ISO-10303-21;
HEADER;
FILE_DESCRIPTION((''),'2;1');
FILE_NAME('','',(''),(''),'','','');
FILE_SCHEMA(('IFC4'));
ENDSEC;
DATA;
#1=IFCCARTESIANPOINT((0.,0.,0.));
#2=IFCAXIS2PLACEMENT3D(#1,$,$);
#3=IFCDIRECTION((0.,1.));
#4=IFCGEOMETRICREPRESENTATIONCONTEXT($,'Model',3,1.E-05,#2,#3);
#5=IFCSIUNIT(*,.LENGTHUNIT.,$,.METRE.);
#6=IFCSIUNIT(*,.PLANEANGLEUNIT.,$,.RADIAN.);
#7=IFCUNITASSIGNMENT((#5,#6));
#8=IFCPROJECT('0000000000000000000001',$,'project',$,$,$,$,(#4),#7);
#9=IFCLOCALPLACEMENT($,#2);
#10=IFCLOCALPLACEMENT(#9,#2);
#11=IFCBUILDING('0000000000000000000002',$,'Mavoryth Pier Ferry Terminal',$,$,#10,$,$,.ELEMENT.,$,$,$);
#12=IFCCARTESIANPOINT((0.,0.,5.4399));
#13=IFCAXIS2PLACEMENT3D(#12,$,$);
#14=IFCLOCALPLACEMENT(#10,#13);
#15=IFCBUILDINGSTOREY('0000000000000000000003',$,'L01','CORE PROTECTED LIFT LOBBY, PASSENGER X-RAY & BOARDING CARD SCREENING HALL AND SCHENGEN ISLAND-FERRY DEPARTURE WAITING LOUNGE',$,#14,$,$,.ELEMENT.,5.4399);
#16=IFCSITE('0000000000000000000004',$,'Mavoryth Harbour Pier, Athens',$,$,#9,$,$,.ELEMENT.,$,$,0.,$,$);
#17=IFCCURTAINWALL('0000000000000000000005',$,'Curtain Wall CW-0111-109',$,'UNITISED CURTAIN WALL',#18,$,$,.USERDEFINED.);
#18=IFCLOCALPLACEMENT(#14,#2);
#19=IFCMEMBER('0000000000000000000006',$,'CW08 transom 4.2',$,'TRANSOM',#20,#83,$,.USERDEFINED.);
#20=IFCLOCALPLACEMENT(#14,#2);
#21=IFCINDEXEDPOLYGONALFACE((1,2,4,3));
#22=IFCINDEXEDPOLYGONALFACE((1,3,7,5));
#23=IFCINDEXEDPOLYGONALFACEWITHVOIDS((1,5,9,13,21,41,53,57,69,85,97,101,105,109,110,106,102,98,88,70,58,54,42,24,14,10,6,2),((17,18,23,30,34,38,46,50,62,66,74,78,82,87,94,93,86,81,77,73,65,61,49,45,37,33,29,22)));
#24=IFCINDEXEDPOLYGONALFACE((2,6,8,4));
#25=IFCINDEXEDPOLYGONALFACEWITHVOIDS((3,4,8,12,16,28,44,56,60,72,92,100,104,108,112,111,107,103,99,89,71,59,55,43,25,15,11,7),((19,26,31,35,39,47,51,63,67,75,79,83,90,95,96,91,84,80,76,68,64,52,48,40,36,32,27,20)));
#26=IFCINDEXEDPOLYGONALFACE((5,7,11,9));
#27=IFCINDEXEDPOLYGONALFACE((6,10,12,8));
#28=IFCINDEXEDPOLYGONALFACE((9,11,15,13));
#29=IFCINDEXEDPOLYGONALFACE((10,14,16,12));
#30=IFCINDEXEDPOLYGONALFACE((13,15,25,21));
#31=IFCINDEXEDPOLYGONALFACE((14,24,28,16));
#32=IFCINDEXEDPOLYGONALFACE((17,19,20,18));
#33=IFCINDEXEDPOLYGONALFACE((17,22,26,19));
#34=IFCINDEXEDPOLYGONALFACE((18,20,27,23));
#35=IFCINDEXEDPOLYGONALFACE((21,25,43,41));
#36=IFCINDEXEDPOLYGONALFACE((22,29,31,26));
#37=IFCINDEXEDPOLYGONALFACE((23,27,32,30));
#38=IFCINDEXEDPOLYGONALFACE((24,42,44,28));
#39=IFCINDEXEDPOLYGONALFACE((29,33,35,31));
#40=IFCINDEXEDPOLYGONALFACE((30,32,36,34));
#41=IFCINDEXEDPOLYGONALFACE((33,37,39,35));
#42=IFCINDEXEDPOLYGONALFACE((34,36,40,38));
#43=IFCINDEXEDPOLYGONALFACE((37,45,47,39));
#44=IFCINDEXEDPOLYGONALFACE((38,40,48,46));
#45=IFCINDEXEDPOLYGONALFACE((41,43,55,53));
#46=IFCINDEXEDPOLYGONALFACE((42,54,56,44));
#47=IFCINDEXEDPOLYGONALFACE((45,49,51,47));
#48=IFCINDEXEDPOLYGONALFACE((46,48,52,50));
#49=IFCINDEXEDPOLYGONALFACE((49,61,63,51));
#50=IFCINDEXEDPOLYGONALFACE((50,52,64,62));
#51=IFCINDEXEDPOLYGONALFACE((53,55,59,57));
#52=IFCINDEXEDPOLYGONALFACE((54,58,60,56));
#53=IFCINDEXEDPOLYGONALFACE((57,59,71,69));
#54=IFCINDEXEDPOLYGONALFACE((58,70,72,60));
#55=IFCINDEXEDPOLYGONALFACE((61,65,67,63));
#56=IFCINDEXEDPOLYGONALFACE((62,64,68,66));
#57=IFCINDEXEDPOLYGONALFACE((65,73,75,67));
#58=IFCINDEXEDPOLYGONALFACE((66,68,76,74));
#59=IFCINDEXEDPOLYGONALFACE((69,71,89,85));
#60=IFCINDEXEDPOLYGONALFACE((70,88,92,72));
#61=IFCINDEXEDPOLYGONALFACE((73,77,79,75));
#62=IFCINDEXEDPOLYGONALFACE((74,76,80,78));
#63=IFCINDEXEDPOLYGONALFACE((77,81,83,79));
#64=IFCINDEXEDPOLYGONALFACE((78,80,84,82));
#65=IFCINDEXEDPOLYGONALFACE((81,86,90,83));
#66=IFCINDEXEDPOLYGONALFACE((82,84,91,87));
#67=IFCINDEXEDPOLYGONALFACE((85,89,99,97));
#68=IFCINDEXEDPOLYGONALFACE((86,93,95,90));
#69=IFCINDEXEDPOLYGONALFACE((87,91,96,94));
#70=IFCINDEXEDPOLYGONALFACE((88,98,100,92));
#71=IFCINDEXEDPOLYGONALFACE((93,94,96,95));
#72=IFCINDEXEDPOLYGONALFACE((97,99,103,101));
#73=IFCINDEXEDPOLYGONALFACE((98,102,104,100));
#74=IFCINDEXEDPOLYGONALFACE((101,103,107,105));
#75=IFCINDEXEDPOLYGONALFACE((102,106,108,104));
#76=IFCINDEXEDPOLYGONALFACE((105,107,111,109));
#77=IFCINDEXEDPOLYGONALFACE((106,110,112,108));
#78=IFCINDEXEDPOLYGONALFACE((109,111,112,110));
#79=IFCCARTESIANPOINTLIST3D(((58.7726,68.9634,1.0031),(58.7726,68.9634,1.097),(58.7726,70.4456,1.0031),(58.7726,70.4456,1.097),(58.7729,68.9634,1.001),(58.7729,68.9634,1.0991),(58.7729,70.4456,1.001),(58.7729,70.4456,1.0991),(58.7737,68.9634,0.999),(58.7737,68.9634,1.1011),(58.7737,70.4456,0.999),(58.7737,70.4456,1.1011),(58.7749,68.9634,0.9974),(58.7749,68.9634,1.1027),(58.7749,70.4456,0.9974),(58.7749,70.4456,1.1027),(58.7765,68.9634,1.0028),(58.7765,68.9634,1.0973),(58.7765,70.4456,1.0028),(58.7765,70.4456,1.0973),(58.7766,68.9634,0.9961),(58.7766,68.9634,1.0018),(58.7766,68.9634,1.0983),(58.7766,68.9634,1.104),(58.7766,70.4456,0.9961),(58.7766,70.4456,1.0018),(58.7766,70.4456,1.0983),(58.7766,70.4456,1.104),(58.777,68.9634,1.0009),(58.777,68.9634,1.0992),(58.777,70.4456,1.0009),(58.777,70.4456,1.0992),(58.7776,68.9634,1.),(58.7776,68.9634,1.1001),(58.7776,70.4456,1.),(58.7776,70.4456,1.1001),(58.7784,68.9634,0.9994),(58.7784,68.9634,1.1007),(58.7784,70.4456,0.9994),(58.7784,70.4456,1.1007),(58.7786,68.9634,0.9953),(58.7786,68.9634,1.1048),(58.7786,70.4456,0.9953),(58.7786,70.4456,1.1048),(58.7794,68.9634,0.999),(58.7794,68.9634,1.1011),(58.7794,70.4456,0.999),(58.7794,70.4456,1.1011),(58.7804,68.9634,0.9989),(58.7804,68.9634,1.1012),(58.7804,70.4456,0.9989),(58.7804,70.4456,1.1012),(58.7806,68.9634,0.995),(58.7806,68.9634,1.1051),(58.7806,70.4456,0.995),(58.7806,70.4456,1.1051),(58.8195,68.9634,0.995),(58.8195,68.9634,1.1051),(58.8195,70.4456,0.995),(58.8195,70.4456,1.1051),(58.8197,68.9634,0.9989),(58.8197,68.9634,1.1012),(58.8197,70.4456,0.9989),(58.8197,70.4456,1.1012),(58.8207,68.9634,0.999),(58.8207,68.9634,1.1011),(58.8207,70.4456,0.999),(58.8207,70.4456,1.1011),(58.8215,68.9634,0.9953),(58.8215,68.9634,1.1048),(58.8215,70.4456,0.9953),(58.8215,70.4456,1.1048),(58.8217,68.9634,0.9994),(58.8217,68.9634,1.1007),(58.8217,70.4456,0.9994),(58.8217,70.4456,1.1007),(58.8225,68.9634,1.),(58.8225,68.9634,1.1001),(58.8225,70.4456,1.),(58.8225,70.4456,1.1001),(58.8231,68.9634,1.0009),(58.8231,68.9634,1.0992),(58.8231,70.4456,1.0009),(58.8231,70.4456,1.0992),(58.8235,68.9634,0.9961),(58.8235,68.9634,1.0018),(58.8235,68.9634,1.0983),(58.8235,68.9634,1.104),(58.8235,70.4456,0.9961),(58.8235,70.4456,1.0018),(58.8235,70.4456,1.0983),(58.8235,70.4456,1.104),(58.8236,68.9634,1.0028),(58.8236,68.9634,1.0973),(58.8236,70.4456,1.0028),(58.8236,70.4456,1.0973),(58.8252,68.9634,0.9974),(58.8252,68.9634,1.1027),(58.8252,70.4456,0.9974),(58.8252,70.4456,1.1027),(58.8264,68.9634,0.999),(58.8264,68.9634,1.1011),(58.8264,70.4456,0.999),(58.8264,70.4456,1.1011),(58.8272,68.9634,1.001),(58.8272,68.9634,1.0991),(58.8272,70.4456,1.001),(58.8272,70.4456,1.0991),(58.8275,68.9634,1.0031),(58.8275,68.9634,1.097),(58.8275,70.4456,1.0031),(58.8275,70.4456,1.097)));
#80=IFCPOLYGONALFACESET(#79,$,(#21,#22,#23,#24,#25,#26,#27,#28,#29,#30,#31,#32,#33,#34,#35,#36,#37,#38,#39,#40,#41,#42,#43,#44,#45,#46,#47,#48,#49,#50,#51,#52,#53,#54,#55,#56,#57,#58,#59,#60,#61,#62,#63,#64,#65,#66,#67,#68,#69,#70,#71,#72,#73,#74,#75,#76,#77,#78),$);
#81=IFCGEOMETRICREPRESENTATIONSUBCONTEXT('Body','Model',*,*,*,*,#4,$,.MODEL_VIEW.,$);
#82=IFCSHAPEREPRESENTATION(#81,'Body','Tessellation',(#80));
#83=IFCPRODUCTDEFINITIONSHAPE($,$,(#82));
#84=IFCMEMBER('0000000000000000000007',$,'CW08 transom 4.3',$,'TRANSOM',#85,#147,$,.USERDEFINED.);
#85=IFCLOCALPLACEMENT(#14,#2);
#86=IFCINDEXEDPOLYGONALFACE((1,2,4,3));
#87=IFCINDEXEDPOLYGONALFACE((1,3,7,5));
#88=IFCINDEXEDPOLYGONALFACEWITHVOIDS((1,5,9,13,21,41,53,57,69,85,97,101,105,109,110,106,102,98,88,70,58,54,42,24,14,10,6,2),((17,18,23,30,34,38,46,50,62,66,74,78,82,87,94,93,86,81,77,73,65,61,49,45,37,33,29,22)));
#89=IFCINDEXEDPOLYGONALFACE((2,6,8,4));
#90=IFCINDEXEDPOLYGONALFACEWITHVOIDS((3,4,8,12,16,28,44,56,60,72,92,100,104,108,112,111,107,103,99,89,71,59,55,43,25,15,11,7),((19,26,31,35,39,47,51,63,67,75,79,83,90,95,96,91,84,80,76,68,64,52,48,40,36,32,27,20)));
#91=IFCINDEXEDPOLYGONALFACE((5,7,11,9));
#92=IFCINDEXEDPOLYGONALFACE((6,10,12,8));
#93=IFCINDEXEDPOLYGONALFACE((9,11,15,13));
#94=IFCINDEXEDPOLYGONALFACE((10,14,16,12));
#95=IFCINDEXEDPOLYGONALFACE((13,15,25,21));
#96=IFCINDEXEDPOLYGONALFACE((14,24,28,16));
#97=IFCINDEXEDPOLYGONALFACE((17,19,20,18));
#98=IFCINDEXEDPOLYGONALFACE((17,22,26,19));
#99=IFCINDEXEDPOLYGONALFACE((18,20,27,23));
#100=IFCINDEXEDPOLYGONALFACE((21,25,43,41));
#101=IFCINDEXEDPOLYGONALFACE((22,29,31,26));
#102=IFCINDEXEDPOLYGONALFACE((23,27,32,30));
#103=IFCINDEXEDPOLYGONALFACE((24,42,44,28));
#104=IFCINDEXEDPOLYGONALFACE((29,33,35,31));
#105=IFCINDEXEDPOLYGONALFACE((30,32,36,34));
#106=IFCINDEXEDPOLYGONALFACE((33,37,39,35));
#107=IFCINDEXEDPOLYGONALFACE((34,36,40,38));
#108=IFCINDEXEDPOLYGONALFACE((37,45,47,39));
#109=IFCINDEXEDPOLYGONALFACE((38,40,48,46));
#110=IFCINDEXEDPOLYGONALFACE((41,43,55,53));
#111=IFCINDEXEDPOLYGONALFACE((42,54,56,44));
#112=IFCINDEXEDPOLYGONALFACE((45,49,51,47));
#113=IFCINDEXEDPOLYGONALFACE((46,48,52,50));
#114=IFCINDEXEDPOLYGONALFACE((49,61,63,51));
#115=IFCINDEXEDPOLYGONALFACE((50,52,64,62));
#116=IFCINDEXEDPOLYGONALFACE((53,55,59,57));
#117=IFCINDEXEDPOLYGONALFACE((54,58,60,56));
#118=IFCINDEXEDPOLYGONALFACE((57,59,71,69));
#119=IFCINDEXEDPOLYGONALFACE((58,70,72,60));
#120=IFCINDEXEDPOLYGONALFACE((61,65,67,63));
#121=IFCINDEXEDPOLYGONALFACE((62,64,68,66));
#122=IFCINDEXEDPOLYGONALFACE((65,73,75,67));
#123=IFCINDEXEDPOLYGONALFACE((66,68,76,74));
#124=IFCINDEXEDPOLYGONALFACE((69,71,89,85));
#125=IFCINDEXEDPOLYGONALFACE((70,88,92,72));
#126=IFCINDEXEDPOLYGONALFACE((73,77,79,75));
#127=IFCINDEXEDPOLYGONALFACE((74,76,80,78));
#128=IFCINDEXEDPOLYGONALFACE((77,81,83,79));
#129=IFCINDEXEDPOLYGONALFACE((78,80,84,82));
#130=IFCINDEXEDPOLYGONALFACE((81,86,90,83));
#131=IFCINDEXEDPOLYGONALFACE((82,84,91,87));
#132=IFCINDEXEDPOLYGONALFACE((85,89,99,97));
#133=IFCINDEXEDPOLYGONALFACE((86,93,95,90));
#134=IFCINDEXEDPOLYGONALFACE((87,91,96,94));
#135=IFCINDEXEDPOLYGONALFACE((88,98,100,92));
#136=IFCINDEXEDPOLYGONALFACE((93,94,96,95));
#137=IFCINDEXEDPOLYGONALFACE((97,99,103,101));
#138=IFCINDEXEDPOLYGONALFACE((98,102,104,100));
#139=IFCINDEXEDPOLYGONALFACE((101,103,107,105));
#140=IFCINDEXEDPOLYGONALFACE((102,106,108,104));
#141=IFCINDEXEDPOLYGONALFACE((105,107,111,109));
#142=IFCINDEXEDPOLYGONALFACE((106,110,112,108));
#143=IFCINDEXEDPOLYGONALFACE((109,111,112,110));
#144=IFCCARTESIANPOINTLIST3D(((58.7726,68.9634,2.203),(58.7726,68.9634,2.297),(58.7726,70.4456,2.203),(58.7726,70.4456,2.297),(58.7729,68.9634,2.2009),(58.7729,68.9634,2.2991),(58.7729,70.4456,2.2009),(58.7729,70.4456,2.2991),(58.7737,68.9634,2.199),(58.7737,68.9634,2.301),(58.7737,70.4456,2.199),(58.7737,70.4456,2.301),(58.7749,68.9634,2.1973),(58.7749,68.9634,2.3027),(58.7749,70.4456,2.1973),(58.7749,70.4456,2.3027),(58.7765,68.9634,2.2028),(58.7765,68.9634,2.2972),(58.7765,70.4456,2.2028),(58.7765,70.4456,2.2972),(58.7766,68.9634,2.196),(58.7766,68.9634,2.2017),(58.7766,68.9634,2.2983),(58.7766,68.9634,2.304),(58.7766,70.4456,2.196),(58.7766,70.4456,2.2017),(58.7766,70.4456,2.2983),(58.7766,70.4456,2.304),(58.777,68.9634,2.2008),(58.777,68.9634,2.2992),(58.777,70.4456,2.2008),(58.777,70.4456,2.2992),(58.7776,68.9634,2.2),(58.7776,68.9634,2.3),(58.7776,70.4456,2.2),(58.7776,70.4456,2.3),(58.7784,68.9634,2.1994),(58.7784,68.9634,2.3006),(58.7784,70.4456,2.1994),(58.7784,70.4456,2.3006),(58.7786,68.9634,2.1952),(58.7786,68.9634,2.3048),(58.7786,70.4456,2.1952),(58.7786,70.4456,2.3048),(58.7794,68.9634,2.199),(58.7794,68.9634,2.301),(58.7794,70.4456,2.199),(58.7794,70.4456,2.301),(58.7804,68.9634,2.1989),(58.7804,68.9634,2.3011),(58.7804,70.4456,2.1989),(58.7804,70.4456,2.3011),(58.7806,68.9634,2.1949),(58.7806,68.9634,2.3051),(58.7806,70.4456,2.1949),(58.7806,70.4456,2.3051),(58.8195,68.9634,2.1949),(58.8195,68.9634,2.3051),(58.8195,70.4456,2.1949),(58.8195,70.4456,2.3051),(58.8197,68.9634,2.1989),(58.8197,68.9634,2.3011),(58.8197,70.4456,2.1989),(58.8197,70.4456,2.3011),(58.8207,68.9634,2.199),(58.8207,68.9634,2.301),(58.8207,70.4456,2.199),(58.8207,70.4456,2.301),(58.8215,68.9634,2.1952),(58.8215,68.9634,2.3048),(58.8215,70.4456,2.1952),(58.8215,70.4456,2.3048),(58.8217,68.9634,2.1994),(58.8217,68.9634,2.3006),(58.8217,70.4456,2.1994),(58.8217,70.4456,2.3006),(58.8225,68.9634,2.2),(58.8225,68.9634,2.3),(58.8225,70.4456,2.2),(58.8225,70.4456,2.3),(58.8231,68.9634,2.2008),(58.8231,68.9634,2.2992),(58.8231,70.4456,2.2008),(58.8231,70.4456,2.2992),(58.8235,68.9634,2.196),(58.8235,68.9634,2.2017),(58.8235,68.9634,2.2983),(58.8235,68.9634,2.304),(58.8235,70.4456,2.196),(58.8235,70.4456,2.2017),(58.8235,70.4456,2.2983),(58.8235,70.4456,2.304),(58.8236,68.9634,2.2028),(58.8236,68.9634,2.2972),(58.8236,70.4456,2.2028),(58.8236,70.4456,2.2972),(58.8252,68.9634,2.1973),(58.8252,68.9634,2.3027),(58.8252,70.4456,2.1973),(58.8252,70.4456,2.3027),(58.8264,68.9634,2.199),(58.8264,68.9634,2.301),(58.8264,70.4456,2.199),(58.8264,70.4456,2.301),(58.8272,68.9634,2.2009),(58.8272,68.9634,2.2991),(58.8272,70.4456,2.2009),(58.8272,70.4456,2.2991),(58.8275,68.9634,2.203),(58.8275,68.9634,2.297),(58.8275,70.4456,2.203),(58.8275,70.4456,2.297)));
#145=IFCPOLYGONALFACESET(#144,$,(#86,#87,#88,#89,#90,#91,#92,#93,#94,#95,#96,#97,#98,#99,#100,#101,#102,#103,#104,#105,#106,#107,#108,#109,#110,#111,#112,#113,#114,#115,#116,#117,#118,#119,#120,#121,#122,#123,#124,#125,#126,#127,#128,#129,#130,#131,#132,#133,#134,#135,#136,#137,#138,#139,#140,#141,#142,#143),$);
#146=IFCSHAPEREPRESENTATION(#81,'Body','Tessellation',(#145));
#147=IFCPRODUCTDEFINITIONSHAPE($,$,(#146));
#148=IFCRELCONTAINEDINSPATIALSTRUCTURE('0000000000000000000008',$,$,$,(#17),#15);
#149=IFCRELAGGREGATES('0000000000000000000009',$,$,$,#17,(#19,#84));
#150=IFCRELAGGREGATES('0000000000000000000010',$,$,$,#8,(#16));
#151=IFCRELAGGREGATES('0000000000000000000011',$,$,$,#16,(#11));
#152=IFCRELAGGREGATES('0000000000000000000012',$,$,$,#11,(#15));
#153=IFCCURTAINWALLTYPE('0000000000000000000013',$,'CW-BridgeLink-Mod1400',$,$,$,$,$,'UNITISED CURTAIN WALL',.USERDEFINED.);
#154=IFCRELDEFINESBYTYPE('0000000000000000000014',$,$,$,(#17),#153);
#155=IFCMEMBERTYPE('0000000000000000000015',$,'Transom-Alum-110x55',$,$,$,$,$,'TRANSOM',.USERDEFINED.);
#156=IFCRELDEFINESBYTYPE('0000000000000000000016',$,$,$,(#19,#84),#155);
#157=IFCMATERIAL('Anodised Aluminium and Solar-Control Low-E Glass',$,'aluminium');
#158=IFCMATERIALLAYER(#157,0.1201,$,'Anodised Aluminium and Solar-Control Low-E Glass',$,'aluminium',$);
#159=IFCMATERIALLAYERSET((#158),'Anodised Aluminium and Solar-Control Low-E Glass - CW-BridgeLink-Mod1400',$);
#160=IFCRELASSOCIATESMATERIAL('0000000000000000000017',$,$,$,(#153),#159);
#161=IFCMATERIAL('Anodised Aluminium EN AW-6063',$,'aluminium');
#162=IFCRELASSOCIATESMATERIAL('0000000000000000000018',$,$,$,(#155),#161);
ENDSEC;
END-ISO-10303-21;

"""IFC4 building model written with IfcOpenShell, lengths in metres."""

from ifc_helpers import new_model, si_unit, direction, frame, origin, origin_2d, place, context, subcontext, project, spatial, hollow_rectangle, extrude, material, layer, layer_set, material_profile, profile_set, type_object, element, aggregate, save


model = new_model("IFC4")

# Units and contexts
model_context = context("Model", 3, precision=1e-05, world=origin(), true_north=direction((0.0, 1.0)))
body_context = subcontext(model_context, "Body", "Model", "MODEL_VIEW")
ifc_project = project(units=[si_unit("LENGTHUNIT", "METRE"), si_unit("PLANEANGLEUNIT", "RADIAN")], contexts=[model_context])

# Site, building, storey
site_placement = place(None, origin())
site = spatial("IfcSite", under=ifc_project, at=site_placement, Name="Mavoryth Harbour Pier, Athens", CompositionType="ELEMENT", RefElevation=0.0)
building_placement = place(site_placement, origin())
building = spatial("IfcBuilding", under=site, at=building_placement, Name="Mavoryth Pier Ferry Terminal", CompositionType="ELEMENT")
storey_placement = place(building_placement, frame((0.0, 0.0, 5.4399)))
storey = spatial("IfcBuildingStorey", under=building, at=storey_placement, Name="L01", Description="CORE PROTECTED LIFT LOBBY, PASSENGER X-RAY & BOARDING CARD SCREENING HALL AND SCHENGEN ISLAND-FERRY DEPARTURE WAITING LOUNGE", CompositionType="ELEMENT", Elevation=5.4399)

# Curtain wall
ifc_material_1 = material(Name="Anodised Aluminium and Solar-Control Low-E Glass", Category="aluminium")
ifc_layer_1 = layer(ifc_material_1, 0.1201, Name="Anodised Aluminium and Solar-Control Low-E Glass", Category="aluminium")
ifc_layer_set_1 = layer_set([ifc_layer_1], Name="Anodised Aluminium and Solar-Control Low-E Glass - CW-BridgeLink-Mod1400")
curtain_wall_type_1 = type_object("IfcCurtainWallType", Name="CW-BridgeLink-Mod1400", ElementType="UNITISED CURTAIN WALL", PredefinedType="USERDEFINED", material=ifc_layer_set_1)
curtain_wall_1_placement = place(storey_placement, origin())
curtain_wall_1 = element("IfcCurtainWall", 1, at=curtain_wall_1_placement, inside=storey, type_object=curtain_wall_type_1, Name="Curtain Wall CW-0111-109", ObjectType="UNITISED CURTAIN WALL", PredefinedType="USERDEFINED")
ifc_material_2 = material(Name="Anodised Aluminium EN AW-6063", Category="aluminium")

# Members
ifc_material_profile_1 = material_profile(ifc_material_2, hollow_rectangle(XDim=0.0549, YDim=0.1101, WallThickness=0.0039, InnerFilletRadius=0.0039, OuterFilletRadius=0.0081, at=origin_2d()), Name="AL-TRAN 110x55x4", Category="aluminium")
ifc_profile_set_1 = profile_set([ifc_material_profile_1], Name="Anodised Aluminium EN AW-6063 - AL-TRAN 110x55x4")
member_type_1 = type_object("IfcMemberType", Name="Transom-Alum-110x55", ElementType="TRANSOM", PredefinedType="USERDEFINED", material=ifc_profile_set_1)
member_1_placement = place(storey_placement, frame((58.8, 68.9634, 1.05), z_axis=(0.0, 1.0, 0.0), x_axis=(-1.0, 0.0, 0.0)))
member_1 = element("IfcMember", 2, at=member_1_placement, type_object=member_type_1, Name="CW08 transom 4.2", ObjectType="TRANSOM", PredefinedType="USERDEFINED", context=body_context, shape_type="SweptSolid", body=[
    extrude(hollow_rectangle(XDim=0.0549, YDim=0.1101, WallThickness=0.0039, InnerFilletRadius=0.0039, OuterFilletRadius=0.0081, at=origin_2d()), origin(), (0.0, 0.0, 1.0), 1.4822),
])
member_2_placement = place(storey_placement, frame((58.8, 68.9634, 2.25), z_axis=(0.0, 1.0, 0.0), x_axis=(-1.0, 0.0, 0.0)))
member_2 = element("IfcMember", 3, at=member_2_placement, type_object=member_type_1, Name="CW08 transom 4.3", ObjectType="TRANSOM", PredefinedType="USERDEFINED", context=body_context, shape_type="SweptSolid", body=[
    extrude(hollow_rectangle(XDim=0.0549, YDim=0.1101, WallThickness=0.0039, InnerFilletRadius=0.0039, OuterFilletRadius=0.0081, at=origin_2d()), origin(), (0.0, 0.0, 1.0), 1.4822),
])

aggregate(curtain_wall_1, [member_1, member_2])

save(model, "model.ifc")
